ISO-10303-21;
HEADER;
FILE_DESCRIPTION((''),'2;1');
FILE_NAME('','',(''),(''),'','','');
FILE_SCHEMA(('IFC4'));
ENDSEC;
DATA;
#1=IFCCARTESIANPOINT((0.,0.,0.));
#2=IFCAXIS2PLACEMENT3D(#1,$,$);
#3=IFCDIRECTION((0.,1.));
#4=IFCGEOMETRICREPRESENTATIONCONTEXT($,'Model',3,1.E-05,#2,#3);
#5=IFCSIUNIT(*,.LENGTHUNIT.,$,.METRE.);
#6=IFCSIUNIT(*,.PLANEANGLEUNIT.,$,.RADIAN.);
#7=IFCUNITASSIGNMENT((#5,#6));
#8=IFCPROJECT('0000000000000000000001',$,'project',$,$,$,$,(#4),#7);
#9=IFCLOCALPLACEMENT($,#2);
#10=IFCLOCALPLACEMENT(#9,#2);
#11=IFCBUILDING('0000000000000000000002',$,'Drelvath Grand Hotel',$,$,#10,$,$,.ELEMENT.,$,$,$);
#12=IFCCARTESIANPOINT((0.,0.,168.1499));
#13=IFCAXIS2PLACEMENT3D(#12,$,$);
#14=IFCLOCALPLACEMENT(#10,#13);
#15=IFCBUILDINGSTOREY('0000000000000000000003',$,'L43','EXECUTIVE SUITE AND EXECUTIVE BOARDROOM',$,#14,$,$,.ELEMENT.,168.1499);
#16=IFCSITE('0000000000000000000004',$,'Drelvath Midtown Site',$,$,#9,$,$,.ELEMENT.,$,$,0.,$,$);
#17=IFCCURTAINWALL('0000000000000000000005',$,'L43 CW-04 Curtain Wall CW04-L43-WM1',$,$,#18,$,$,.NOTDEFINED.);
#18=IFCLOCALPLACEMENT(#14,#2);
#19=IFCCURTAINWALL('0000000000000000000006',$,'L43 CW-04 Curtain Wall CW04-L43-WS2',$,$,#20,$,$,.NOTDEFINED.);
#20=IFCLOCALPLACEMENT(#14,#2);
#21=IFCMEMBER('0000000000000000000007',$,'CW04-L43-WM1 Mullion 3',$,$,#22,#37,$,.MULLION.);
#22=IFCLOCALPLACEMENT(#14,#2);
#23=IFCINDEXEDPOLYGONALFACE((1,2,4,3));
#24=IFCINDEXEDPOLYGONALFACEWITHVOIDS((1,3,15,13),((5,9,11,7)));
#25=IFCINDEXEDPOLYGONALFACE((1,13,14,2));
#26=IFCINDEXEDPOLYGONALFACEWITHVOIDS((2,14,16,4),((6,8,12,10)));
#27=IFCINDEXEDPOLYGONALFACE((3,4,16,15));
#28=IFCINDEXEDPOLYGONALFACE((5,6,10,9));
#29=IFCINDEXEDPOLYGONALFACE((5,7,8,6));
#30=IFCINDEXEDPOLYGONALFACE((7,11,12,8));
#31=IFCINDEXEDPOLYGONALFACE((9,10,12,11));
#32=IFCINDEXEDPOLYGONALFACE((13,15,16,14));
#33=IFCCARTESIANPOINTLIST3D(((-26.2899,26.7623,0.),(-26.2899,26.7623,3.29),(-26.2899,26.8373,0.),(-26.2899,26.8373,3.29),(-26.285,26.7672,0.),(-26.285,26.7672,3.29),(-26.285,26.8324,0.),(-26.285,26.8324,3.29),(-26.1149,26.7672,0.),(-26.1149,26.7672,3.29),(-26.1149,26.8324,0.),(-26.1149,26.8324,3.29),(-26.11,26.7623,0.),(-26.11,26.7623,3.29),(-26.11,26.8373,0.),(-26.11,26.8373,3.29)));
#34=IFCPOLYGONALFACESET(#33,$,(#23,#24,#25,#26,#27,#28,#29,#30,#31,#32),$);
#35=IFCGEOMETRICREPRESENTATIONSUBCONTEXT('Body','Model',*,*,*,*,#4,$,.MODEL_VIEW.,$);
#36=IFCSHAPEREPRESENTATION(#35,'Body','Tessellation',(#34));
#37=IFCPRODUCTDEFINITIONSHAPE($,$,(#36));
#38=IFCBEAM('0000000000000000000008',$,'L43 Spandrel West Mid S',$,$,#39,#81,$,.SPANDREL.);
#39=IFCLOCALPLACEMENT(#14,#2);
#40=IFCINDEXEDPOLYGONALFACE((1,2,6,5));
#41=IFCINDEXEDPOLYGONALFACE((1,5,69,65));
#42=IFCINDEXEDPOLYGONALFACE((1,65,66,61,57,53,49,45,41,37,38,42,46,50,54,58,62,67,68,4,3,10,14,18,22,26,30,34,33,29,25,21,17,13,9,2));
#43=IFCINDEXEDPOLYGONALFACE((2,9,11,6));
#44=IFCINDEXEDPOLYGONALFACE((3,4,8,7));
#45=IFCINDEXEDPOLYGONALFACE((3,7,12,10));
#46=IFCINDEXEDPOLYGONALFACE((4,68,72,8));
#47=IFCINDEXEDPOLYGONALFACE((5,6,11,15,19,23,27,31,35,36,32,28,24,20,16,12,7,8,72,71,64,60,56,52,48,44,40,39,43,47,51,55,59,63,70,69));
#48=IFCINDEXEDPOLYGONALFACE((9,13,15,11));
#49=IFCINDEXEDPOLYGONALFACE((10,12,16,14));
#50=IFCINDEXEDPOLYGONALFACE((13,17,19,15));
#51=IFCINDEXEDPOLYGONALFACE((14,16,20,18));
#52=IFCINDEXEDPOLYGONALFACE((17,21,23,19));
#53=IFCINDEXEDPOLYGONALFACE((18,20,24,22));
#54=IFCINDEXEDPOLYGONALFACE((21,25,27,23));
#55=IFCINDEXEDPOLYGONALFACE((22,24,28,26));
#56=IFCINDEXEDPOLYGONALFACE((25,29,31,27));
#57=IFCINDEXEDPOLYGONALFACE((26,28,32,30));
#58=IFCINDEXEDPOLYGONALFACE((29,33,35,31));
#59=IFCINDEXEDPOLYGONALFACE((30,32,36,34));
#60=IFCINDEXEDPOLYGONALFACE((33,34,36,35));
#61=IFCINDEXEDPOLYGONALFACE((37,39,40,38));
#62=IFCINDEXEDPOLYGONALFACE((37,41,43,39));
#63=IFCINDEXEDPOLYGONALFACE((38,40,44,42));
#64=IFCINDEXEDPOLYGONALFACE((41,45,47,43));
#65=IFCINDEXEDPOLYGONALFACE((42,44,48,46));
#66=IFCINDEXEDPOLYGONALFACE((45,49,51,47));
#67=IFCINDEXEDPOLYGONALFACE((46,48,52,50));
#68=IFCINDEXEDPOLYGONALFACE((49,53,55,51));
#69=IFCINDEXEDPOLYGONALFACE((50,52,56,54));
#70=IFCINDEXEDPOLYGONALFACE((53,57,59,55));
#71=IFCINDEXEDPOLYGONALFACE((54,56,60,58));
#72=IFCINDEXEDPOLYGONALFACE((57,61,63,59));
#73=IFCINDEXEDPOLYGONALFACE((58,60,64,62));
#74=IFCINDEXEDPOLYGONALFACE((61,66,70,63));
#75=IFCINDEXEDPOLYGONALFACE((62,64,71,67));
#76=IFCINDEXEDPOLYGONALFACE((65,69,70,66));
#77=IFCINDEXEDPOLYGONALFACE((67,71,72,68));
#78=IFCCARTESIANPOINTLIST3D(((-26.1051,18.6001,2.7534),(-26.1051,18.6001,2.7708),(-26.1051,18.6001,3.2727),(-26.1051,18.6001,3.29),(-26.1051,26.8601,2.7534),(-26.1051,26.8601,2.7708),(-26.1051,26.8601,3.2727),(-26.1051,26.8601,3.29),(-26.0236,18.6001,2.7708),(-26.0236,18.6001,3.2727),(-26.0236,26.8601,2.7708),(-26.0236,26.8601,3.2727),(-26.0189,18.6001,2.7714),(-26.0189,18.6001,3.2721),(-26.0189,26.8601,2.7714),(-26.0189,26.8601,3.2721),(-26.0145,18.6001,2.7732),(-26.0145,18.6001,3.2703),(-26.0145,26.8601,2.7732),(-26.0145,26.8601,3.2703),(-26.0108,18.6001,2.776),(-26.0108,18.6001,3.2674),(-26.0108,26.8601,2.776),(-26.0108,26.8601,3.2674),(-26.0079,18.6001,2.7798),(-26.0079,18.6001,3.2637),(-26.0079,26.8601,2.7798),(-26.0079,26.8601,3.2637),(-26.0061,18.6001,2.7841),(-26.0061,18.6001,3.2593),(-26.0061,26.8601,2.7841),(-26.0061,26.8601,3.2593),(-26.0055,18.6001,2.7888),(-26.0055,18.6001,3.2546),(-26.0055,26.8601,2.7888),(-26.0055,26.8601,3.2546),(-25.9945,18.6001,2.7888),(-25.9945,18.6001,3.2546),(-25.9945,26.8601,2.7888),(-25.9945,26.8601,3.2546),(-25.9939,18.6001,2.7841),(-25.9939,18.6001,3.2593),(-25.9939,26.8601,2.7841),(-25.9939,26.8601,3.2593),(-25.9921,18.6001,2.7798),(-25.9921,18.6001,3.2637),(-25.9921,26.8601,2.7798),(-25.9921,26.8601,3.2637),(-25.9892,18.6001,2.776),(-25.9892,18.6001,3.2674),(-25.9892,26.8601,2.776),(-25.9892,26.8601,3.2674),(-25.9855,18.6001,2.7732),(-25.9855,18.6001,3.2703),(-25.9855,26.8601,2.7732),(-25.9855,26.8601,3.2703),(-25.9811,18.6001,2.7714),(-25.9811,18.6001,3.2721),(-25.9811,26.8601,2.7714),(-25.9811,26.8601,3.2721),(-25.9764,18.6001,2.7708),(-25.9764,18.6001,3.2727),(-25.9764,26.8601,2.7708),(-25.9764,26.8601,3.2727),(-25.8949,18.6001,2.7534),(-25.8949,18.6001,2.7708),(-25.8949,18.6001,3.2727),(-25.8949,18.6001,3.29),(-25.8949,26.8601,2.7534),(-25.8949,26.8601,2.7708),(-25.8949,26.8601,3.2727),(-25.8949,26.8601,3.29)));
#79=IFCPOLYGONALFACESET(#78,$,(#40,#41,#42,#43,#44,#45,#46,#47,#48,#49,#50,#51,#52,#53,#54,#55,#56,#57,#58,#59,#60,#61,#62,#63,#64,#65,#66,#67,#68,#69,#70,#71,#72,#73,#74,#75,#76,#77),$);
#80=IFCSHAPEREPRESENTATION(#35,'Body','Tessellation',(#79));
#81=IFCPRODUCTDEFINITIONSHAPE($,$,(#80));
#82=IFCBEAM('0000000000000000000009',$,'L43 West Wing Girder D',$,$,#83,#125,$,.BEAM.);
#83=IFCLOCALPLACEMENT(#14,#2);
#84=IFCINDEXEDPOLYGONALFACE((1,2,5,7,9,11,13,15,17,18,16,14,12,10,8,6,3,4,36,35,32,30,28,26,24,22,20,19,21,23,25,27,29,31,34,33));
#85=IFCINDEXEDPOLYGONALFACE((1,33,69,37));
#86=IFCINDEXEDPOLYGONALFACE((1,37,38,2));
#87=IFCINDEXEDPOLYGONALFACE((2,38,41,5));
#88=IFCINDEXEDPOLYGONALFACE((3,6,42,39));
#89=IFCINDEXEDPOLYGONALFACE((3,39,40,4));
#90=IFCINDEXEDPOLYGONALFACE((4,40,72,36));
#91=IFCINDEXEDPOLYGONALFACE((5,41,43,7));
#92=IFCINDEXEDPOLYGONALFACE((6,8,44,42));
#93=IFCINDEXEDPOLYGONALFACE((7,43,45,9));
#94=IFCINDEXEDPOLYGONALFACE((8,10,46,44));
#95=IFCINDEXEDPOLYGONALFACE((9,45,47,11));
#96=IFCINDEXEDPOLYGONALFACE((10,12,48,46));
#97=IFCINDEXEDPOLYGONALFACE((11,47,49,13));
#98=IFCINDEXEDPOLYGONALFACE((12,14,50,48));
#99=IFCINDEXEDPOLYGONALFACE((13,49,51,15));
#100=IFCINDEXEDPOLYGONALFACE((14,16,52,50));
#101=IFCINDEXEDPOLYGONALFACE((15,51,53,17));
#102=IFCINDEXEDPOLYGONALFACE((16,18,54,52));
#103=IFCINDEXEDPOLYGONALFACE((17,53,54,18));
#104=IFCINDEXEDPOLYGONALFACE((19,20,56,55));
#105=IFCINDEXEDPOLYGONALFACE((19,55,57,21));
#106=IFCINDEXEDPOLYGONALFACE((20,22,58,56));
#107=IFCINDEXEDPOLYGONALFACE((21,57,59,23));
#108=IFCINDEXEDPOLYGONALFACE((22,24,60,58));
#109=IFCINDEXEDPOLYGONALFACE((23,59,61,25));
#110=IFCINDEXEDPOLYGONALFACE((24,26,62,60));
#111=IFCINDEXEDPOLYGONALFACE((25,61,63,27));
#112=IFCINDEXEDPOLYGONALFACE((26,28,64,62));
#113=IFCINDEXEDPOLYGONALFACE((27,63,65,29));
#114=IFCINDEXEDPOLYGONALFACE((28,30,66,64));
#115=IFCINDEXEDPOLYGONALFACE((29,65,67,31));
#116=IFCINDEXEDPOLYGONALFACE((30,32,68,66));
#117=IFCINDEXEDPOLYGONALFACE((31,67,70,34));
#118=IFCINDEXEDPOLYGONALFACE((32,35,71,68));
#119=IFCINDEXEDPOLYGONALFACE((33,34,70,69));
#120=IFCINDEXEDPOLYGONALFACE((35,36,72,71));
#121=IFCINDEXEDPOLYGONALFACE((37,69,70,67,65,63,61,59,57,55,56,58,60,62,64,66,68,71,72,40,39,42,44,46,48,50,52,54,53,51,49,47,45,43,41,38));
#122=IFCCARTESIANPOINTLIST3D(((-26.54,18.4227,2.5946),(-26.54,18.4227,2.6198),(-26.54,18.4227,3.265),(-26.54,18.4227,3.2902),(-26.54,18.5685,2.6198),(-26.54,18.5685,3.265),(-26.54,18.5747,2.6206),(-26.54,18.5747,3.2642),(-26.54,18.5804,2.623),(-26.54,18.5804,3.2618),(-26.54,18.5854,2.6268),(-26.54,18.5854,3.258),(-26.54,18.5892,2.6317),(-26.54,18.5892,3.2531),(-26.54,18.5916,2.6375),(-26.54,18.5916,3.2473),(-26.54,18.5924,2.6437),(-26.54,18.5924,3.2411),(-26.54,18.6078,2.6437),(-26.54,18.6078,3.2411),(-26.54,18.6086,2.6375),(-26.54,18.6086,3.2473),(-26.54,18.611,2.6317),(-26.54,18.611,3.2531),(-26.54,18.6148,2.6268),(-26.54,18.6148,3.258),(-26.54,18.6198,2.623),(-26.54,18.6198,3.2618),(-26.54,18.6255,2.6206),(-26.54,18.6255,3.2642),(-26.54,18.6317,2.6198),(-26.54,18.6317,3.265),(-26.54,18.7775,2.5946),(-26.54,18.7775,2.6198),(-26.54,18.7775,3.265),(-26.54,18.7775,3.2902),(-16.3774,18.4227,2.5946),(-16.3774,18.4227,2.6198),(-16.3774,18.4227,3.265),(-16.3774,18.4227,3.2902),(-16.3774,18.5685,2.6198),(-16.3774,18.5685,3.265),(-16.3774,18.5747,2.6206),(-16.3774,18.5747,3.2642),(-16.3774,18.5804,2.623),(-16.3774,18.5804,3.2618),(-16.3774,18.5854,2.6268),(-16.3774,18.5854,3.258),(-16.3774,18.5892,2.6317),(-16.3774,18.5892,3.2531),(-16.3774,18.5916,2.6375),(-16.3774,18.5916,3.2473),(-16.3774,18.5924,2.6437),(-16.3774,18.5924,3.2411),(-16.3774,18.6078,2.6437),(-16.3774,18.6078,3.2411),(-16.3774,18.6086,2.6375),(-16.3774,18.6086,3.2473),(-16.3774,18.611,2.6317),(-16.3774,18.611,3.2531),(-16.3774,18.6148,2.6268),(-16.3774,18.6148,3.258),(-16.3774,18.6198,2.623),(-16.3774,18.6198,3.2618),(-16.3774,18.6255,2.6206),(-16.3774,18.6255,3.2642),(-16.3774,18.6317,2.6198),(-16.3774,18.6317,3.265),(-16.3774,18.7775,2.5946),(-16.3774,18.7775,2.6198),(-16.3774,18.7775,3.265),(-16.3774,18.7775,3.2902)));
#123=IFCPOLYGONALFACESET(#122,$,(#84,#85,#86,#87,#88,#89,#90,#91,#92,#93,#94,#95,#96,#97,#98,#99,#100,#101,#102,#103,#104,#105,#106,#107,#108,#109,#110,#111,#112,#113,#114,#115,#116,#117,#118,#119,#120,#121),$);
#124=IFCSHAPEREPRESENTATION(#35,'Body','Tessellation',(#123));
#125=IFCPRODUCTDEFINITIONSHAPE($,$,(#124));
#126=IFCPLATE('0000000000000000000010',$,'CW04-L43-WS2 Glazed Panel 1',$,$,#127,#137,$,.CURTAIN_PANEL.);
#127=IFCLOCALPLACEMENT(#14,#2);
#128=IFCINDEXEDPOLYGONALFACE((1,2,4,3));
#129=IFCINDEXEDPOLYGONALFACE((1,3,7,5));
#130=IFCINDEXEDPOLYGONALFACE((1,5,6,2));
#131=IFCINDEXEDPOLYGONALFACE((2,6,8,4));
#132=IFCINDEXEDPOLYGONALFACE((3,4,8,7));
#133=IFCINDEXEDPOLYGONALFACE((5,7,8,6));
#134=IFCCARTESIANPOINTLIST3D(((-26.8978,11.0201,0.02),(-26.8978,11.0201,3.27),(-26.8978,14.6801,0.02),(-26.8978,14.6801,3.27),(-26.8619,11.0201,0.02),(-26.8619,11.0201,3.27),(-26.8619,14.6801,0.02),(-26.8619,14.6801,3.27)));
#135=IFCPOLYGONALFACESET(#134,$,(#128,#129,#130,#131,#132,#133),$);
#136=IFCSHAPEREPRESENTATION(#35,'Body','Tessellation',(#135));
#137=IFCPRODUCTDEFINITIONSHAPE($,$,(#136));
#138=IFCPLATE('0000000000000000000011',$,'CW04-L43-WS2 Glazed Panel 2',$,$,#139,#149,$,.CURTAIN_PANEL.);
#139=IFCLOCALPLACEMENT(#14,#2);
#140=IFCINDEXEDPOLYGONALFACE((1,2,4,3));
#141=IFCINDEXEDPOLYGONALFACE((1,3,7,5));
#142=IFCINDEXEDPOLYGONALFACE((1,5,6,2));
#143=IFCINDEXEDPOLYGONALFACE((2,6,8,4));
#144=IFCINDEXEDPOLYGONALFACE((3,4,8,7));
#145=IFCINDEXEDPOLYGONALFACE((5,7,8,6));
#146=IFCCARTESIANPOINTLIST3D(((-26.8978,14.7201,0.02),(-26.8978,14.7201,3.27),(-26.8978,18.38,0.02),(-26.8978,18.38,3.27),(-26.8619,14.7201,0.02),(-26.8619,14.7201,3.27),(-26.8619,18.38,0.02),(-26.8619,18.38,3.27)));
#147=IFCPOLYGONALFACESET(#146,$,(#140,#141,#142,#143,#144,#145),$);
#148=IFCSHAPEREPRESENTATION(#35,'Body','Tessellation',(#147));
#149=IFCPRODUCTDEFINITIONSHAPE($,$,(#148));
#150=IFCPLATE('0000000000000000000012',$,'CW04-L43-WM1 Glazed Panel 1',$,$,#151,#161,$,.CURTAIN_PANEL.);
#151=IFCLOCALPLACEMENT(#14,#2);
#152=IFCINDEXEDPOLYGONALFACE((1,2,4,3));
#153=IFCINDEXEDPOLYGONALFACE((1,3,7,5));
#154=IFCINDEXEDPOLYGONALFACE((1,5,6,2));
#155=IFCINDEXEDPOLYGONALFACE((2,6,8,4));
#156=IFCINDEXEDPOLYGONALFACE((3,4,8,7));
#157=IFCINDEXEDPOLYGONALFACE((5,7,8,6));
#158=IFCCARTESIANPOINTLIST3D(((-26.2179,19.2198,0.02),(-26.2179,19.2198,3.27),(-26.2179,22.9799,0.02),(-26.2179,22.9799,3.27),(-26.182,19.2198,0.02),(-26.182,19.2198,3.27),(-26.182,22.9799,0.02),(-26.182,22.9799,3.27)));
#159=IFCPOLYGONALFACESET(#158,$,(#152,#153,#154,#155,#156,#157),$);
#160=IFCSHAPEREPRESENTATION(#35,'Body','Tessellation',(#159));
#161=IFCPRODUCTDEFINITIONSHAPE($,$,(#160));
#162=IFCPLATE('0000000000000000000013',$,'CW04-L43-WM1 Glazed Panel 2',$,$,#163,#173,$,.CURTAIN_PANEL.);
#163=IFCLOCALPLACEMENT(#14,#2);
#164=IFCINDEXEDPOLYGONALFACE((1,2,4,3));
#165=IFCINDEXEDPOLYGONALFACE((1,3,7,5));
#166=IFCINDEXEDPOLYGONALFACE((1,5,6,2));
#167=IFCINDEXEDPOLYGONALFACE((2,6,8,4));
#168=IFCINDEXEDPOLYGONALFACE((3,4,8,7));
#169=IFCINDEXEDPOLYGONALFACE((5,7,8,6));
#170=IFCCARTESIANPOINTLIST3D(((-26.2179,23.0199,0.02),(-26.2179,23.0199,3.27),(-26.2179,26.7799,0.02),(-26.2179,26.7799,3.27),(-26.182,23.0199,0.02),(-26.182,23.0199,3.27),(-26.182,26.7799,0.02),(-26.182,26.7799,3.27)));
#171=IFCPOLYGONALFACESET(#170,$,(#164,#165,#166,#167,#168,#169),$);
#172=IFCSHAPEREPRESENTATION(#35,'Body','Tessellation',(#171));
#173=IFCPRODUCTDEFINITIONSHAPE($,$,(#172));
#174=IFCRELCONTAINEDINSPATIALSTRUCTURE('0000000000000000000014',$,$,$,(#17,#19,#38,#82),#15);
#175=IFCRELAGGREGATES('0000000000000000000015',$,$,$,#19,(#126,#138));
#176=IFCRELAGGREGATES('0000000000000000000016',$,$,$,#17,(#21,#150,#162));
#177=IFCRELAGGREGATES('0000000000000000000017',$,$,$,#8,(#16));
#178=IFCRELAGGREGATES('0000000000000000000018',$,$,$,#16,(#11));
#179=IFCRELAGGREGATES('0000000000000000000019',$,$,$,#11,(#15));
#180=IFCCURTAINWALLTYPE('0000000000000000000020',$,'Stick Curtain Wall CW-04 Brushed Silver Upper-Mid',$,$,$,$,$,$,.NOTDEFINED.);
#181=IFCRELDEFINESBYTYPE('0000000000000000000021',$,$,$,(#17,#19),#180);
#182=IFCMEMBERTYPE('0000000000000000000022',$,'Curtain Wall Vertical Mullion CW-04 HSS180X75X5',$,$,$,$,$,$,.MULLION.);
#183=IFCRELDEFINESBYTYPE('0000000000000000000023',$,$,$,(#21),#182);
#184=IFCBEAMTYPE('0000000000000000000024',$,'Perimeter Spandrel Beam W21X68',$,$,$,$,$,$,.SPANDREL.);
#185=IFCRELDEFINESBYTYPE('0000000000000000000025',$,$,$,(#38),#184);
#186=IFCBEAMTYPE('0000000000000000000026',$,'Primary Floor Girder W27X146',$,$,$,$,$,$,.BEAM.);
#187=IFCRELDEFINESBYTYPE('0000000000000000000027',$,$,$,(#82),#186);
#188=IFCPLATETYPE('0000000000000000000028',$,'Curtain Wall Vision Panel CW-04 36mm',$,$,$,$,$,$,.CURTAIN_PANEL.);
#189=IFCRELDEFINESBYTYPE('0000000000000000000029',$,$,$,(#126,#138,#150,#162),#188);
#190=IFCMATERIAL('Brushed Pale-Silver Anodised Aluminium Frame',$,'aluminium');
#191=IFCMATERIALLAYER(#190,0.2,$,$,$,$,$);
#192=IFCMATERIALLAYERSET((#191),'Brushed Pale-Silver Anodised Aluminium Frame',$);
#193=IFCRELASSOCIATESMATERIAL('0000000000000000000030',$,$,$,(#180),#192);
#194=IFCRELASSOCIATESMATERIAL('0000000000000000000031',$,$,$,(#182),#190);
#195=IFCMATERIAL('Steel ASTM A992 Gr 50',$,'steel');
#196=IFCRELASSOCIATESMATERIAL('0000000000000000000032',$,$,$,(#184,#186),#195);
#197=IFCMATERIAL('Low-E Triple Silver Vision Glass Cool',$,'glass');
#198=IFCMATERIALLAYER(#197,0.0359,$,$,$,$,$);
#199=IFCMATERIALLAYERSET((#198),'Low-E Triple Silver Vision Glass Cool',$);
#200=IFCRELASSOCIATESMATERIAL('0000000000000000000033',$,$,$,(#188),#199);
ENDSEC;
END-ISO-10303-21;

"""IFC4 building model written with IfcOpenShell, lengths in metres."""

from ifc_helpers import new_model, si_unit, direction, frame, origin, origin_2d, place, context, subcontext, project, spatial, rectangle, hollow_rectangle, i_section, extrude, material, layer, layer_set, material_profile, profile_set, type_object, element, aggregate, save


model = new_model("IFC4")

# Units and contexts
model_context = context("Model", 3, precision=1e-05, world=origin(), true_north=direction((0.0, 1.0)))
body_context = subcontext(model_context, "Body", "Model", "MODEL_VIEW")
ifc_project = project(units=[si_unit("LENGTHUNIT", "METRE"), si_unit("PLANEANGLEUNIT", "RADIAN")], contexts=[model_context])

# Site, building, storey
site_placement = place(None, origin())
site = spatial("IfcSite", under=ifc_project, at=site_placement, Name="Drelvath Midtown Site", CompositionType="ELEMENT", RefElevation=0.0)
building_placement = place(site_placement, origin())
building = spatial("IfcBuilding", under=site, at=building_placement, Name="Drelvath Grand Hotel", CompositionType="ELEMENT")
storey_placement = place(building_placement, frame((0.0, 0.0, 168.1499)))
storey = spatial("IfcBuildingStorey", under=building, at=storey_placement, Name="L43", Description="EXECUTIVE SUITE AND EXECUTIVE BOARDROOM", CompositionType="ELEMENT", Elevation=168.1499)

# Shared definitions
ifc_material_1 = material(Name="Steel ASTM A992 Gr 50", Category="steel")

# Curtain wall
ifc_material_2 = material(Name="Brushed Pale-Silver Anodised Aluminium Frame", Category="aluminium")
ifc_layer_1 = layer(ifc_material_2, 0.2)
ifc_layer_set_1 = layer_set([ifc_layer_1], Name="Brushed Pale-Silver Anodised Aluminium Frame")
curtain_wall_type = type_object("IfcCurtainWallType", Name="Stick Curtain Wall CW-04 Brushed Silver Upper-Mid", PredefinedType="NOTDEFINED", material=ifc_layer_set_1)
curtain_wall_1_placement = place(storey_placement, origin())
curtain_wall_1 = element("IfcCurtainWall", 1, at=curtain_wall_1_placement, inside=storey, type_object=curtain_wall_type, Name="L43 CW-04 Curtain Wall CW04-L43-WM1", PredefinedType="NOTDEFINED")

# Curtain wall
curtain_wall_2_placement = place(storey_placement, origin())
curtain_wall_2 = element("IfcCurtainWall", 2, at=curtain_wall_2_placement, inside=storey, type_object=curtain_wall_type, Name="L43 CW-04 Curtain Wall CW04-L43-WS2", PredefinedType="NOTDEFINED")
ifc_material_profile_1 = material_profile(ifc_material_2, hollow_rectangle(XDim=0.075, YDim=0.1799, WallThickness=0.0049, at=origin_2d()), Name="HSS180X75X5")
ifc_profile_set_1 = profile_set([ifc_material_profile_1], Name="Brushed Pale-Silver Anodised Aluminium Frame")
member_type_1 = type_object("IfcMemberType", Name="Curtain Wall Vertical Mullion CW-04 HSS180X75X5", PredefinedType="MULLION", material=ifc_profile_set_1)

# Member
member_1_placement = place(storey_placement, frame((-26.2, 26.7998, 0.0), z_axis=(0.0, 0.0, 1.0), x_axis=(0.0, 1.0, 0.0)))
member_1 = element("IfcMember", 3, at=member_1_placement, type_object=member_type_1, Name="CW04-L43-WM1 Mullion 3", PredefinedType="MULLION", context=body_context, shape_type="SweptSolid", body=[
    extrude(hollow_rectangle(XDim=0.075, YDim=0.1799, WallThickness=0.0049, at=origin_2d()), origin(), (0.0, 0.0, 1.0), 3.29),
])

# Beams
ifc_material_profile_2 = material_profile(ifc_material_1, i_section(OverallWidth=0.2102, OverallDepth=0.5366, WebThickness=0.011, FlangeThickness=0.0173, FilletRadius=0.0181, at=origin_2d()), Name="W21X68")
ifc_profile_set_2 = profile_set([ifc_material_profile_2], Name="Steel ASTM A992 Gr 50")
beam_type_1 = type_object("IfcBeamType", Name="Perimeter Spandrel Beam W21X68", PredefinedType="SPANDREL", material=ifc_profile_set_2)
beam_1_placement = place(storey_placement, frame((-26.0, 18.6001, 3.0217), z_axis=(0.0, 1.0, 0.0), x_axis=(-1.0, 0.0, 0.0)))
element("IfcBeam", 4, at=beam_1_placement, inside=storey, type_object=beam_type_1, Name="L43 Spandrel West Mid S", PredefinedType="SPANDREL", context=body_context, shape_type="SweptSolid", body=[
    extrude(i_section(OverallWidth=0.2102, OverallDepth=0.5366, WebThickness=0.011, FlangeThickness=0.0173, FilletRadius=0.0181, at=origin_2d()), origin(), (0.0, 0.0, 1.0), 8.26),
])
ifc_material_profile_3 = material_profile(ifc_material_1, i_section(OverallWidth=0.3547, OverallDepth=0.6956, WebThickness=0.0154, FlangeThickness=0.0251, FilletRadius=0.0239, at=origin_2d()), Name="W27X146")
ifc_profile_set_3 = profile_set([ifc_material_profile_3], Name="Steel ASTM A992 Gr 50")
beam_type_2 = type_object("IfcBeamType", Name="Primary Floor Girder W27X146", PredefinedType="BEAM", material=ifc_profile_set_3)
beam_2_placement = place(storey_placement, frame((-26.54, 18.6001, 2.9424), z_axis=(1.0, 0.0, 0.0), x_axis=(0.0, 1.0, 0.0)))
element("IfcBeam", 5, at=beam_2_placement, inside=storey, type_object=beam_type_2, Name="L43 West Wing Girder D", PredefinedType="BEAM", context=body_context, shape_type="SweptSolid", body=[
    extrude(i_section(OverallWidth=0.3547, OverallDepth=0.6956, WebThickness=0.0154, FlangeThickness=0.0251, FilletRadius=0.0239, at=origin_2d()), origin(), (0.0, 0.0, 1.0), 10.1626),
])

# Plates
ifc_material_3 = material(Name="Low-E Triple Silver Vision Glass Cool", Category="glass")
ifc_layer_2 = layer(ifc_material_3, 0.0359)
ifc_layer_set_2 = layer_set([ifc_layer_2], Name="Low-E Triple Silver Vision Glass Cool")
plate_type = type_object("IfcPlateType", Name="Curtain Wall Vision Panel CW-04 36mm", PredefinedType="CURTAIN_PANEL", material=ifc_layer_set_2)
plate_1_placement = place(storey_placement, frame((-26.8799, 12.8501, 0.02), z_axis=(0.0, 0.0, 1.0), x_axis=(0.0, 1.0, 0.0)))
plate_1 = element("IfcPlate", 6, at=plate_1_placement, type_object=plate_type, Name="CW04-L43-WS2 Glazed Panel 1", PredefinedType="CURTAIN_PANEL", context=body_context, shape_type="SweptSolid", body=[
    extrude(rectangle(XDim=3.6599, YDim=0.0359, at=origin_2d()), origin(), (0.0, 0.0, 1.0), 3.25),
])
plate_2_placement = place(storey_placement, frame((-26.8799, 16.55, 0.02), z_axis=(0.0, 0.0, 1.0), x_axis=(0.0, 1.0, 0.0)))
plate_2 = element("IfcPlate", 7, at=plate_2_placement, type_object=plate_type, Name="CW04-L43-WS2 Glazed Panel 2", PredefinedType="CURTAIN_PANEL", context=body_context, shape_type="SweptSolid", body=[
    extrude(rectangle(XDim=3.6599, YDim=0.0359, at=origin_2d()), origin(), (0.0, 0.0, 1.0), 3.25),
])
aggregate(curtain_wall_2, [plate_1, plate_2])
plate_3_placement = place(storey_placement, frame((-26.2, 21.0999, 0.02), z_axis=(0.0, 0.0, 1.0), x_axis=(0.0, 1.0, 0.0)))
plate_3 = element("IfcPlate", 8, at=plate_3_placement, type_object=plate_type, Name="CW04-L43-WM1 Glazed Panel 1", PredefinedType="CURTAIN_PANEL", context=body_context, shape_type="SweptSolid", body=[
    extrude(rectangle(XDim=3.76, YDim=0.0359, at=origin_2d()), origin(), (0.0, 0.0, 1.0), 3.25),
])
plate_4_placement = place(storey_placement, frame((-26.2, 24.8999, 0.02), z_axis=(0.0, 0.0, 1.0), x_axis=(0.0, 1.0, 0.0)))
plate_4 = element("IfcPlate", 9, at=plate_4_placement, type_object=plate_type, Name="CW04-L43-WM1 Glazed Panel 2", PredefinedType="CURTAIN_PANEL", context=body_context, shape_type="SweptSolid", body=[
    extrude(rectangle(XDim=3.76, YDim=0.0359, at=origin_2d()), origin(), (0.0, 0.0, 1.0), 3.25),
])
aggregate(curtain_wall_1, [member_1, plate_3, plate_4])

save(model, "model.ifc")
